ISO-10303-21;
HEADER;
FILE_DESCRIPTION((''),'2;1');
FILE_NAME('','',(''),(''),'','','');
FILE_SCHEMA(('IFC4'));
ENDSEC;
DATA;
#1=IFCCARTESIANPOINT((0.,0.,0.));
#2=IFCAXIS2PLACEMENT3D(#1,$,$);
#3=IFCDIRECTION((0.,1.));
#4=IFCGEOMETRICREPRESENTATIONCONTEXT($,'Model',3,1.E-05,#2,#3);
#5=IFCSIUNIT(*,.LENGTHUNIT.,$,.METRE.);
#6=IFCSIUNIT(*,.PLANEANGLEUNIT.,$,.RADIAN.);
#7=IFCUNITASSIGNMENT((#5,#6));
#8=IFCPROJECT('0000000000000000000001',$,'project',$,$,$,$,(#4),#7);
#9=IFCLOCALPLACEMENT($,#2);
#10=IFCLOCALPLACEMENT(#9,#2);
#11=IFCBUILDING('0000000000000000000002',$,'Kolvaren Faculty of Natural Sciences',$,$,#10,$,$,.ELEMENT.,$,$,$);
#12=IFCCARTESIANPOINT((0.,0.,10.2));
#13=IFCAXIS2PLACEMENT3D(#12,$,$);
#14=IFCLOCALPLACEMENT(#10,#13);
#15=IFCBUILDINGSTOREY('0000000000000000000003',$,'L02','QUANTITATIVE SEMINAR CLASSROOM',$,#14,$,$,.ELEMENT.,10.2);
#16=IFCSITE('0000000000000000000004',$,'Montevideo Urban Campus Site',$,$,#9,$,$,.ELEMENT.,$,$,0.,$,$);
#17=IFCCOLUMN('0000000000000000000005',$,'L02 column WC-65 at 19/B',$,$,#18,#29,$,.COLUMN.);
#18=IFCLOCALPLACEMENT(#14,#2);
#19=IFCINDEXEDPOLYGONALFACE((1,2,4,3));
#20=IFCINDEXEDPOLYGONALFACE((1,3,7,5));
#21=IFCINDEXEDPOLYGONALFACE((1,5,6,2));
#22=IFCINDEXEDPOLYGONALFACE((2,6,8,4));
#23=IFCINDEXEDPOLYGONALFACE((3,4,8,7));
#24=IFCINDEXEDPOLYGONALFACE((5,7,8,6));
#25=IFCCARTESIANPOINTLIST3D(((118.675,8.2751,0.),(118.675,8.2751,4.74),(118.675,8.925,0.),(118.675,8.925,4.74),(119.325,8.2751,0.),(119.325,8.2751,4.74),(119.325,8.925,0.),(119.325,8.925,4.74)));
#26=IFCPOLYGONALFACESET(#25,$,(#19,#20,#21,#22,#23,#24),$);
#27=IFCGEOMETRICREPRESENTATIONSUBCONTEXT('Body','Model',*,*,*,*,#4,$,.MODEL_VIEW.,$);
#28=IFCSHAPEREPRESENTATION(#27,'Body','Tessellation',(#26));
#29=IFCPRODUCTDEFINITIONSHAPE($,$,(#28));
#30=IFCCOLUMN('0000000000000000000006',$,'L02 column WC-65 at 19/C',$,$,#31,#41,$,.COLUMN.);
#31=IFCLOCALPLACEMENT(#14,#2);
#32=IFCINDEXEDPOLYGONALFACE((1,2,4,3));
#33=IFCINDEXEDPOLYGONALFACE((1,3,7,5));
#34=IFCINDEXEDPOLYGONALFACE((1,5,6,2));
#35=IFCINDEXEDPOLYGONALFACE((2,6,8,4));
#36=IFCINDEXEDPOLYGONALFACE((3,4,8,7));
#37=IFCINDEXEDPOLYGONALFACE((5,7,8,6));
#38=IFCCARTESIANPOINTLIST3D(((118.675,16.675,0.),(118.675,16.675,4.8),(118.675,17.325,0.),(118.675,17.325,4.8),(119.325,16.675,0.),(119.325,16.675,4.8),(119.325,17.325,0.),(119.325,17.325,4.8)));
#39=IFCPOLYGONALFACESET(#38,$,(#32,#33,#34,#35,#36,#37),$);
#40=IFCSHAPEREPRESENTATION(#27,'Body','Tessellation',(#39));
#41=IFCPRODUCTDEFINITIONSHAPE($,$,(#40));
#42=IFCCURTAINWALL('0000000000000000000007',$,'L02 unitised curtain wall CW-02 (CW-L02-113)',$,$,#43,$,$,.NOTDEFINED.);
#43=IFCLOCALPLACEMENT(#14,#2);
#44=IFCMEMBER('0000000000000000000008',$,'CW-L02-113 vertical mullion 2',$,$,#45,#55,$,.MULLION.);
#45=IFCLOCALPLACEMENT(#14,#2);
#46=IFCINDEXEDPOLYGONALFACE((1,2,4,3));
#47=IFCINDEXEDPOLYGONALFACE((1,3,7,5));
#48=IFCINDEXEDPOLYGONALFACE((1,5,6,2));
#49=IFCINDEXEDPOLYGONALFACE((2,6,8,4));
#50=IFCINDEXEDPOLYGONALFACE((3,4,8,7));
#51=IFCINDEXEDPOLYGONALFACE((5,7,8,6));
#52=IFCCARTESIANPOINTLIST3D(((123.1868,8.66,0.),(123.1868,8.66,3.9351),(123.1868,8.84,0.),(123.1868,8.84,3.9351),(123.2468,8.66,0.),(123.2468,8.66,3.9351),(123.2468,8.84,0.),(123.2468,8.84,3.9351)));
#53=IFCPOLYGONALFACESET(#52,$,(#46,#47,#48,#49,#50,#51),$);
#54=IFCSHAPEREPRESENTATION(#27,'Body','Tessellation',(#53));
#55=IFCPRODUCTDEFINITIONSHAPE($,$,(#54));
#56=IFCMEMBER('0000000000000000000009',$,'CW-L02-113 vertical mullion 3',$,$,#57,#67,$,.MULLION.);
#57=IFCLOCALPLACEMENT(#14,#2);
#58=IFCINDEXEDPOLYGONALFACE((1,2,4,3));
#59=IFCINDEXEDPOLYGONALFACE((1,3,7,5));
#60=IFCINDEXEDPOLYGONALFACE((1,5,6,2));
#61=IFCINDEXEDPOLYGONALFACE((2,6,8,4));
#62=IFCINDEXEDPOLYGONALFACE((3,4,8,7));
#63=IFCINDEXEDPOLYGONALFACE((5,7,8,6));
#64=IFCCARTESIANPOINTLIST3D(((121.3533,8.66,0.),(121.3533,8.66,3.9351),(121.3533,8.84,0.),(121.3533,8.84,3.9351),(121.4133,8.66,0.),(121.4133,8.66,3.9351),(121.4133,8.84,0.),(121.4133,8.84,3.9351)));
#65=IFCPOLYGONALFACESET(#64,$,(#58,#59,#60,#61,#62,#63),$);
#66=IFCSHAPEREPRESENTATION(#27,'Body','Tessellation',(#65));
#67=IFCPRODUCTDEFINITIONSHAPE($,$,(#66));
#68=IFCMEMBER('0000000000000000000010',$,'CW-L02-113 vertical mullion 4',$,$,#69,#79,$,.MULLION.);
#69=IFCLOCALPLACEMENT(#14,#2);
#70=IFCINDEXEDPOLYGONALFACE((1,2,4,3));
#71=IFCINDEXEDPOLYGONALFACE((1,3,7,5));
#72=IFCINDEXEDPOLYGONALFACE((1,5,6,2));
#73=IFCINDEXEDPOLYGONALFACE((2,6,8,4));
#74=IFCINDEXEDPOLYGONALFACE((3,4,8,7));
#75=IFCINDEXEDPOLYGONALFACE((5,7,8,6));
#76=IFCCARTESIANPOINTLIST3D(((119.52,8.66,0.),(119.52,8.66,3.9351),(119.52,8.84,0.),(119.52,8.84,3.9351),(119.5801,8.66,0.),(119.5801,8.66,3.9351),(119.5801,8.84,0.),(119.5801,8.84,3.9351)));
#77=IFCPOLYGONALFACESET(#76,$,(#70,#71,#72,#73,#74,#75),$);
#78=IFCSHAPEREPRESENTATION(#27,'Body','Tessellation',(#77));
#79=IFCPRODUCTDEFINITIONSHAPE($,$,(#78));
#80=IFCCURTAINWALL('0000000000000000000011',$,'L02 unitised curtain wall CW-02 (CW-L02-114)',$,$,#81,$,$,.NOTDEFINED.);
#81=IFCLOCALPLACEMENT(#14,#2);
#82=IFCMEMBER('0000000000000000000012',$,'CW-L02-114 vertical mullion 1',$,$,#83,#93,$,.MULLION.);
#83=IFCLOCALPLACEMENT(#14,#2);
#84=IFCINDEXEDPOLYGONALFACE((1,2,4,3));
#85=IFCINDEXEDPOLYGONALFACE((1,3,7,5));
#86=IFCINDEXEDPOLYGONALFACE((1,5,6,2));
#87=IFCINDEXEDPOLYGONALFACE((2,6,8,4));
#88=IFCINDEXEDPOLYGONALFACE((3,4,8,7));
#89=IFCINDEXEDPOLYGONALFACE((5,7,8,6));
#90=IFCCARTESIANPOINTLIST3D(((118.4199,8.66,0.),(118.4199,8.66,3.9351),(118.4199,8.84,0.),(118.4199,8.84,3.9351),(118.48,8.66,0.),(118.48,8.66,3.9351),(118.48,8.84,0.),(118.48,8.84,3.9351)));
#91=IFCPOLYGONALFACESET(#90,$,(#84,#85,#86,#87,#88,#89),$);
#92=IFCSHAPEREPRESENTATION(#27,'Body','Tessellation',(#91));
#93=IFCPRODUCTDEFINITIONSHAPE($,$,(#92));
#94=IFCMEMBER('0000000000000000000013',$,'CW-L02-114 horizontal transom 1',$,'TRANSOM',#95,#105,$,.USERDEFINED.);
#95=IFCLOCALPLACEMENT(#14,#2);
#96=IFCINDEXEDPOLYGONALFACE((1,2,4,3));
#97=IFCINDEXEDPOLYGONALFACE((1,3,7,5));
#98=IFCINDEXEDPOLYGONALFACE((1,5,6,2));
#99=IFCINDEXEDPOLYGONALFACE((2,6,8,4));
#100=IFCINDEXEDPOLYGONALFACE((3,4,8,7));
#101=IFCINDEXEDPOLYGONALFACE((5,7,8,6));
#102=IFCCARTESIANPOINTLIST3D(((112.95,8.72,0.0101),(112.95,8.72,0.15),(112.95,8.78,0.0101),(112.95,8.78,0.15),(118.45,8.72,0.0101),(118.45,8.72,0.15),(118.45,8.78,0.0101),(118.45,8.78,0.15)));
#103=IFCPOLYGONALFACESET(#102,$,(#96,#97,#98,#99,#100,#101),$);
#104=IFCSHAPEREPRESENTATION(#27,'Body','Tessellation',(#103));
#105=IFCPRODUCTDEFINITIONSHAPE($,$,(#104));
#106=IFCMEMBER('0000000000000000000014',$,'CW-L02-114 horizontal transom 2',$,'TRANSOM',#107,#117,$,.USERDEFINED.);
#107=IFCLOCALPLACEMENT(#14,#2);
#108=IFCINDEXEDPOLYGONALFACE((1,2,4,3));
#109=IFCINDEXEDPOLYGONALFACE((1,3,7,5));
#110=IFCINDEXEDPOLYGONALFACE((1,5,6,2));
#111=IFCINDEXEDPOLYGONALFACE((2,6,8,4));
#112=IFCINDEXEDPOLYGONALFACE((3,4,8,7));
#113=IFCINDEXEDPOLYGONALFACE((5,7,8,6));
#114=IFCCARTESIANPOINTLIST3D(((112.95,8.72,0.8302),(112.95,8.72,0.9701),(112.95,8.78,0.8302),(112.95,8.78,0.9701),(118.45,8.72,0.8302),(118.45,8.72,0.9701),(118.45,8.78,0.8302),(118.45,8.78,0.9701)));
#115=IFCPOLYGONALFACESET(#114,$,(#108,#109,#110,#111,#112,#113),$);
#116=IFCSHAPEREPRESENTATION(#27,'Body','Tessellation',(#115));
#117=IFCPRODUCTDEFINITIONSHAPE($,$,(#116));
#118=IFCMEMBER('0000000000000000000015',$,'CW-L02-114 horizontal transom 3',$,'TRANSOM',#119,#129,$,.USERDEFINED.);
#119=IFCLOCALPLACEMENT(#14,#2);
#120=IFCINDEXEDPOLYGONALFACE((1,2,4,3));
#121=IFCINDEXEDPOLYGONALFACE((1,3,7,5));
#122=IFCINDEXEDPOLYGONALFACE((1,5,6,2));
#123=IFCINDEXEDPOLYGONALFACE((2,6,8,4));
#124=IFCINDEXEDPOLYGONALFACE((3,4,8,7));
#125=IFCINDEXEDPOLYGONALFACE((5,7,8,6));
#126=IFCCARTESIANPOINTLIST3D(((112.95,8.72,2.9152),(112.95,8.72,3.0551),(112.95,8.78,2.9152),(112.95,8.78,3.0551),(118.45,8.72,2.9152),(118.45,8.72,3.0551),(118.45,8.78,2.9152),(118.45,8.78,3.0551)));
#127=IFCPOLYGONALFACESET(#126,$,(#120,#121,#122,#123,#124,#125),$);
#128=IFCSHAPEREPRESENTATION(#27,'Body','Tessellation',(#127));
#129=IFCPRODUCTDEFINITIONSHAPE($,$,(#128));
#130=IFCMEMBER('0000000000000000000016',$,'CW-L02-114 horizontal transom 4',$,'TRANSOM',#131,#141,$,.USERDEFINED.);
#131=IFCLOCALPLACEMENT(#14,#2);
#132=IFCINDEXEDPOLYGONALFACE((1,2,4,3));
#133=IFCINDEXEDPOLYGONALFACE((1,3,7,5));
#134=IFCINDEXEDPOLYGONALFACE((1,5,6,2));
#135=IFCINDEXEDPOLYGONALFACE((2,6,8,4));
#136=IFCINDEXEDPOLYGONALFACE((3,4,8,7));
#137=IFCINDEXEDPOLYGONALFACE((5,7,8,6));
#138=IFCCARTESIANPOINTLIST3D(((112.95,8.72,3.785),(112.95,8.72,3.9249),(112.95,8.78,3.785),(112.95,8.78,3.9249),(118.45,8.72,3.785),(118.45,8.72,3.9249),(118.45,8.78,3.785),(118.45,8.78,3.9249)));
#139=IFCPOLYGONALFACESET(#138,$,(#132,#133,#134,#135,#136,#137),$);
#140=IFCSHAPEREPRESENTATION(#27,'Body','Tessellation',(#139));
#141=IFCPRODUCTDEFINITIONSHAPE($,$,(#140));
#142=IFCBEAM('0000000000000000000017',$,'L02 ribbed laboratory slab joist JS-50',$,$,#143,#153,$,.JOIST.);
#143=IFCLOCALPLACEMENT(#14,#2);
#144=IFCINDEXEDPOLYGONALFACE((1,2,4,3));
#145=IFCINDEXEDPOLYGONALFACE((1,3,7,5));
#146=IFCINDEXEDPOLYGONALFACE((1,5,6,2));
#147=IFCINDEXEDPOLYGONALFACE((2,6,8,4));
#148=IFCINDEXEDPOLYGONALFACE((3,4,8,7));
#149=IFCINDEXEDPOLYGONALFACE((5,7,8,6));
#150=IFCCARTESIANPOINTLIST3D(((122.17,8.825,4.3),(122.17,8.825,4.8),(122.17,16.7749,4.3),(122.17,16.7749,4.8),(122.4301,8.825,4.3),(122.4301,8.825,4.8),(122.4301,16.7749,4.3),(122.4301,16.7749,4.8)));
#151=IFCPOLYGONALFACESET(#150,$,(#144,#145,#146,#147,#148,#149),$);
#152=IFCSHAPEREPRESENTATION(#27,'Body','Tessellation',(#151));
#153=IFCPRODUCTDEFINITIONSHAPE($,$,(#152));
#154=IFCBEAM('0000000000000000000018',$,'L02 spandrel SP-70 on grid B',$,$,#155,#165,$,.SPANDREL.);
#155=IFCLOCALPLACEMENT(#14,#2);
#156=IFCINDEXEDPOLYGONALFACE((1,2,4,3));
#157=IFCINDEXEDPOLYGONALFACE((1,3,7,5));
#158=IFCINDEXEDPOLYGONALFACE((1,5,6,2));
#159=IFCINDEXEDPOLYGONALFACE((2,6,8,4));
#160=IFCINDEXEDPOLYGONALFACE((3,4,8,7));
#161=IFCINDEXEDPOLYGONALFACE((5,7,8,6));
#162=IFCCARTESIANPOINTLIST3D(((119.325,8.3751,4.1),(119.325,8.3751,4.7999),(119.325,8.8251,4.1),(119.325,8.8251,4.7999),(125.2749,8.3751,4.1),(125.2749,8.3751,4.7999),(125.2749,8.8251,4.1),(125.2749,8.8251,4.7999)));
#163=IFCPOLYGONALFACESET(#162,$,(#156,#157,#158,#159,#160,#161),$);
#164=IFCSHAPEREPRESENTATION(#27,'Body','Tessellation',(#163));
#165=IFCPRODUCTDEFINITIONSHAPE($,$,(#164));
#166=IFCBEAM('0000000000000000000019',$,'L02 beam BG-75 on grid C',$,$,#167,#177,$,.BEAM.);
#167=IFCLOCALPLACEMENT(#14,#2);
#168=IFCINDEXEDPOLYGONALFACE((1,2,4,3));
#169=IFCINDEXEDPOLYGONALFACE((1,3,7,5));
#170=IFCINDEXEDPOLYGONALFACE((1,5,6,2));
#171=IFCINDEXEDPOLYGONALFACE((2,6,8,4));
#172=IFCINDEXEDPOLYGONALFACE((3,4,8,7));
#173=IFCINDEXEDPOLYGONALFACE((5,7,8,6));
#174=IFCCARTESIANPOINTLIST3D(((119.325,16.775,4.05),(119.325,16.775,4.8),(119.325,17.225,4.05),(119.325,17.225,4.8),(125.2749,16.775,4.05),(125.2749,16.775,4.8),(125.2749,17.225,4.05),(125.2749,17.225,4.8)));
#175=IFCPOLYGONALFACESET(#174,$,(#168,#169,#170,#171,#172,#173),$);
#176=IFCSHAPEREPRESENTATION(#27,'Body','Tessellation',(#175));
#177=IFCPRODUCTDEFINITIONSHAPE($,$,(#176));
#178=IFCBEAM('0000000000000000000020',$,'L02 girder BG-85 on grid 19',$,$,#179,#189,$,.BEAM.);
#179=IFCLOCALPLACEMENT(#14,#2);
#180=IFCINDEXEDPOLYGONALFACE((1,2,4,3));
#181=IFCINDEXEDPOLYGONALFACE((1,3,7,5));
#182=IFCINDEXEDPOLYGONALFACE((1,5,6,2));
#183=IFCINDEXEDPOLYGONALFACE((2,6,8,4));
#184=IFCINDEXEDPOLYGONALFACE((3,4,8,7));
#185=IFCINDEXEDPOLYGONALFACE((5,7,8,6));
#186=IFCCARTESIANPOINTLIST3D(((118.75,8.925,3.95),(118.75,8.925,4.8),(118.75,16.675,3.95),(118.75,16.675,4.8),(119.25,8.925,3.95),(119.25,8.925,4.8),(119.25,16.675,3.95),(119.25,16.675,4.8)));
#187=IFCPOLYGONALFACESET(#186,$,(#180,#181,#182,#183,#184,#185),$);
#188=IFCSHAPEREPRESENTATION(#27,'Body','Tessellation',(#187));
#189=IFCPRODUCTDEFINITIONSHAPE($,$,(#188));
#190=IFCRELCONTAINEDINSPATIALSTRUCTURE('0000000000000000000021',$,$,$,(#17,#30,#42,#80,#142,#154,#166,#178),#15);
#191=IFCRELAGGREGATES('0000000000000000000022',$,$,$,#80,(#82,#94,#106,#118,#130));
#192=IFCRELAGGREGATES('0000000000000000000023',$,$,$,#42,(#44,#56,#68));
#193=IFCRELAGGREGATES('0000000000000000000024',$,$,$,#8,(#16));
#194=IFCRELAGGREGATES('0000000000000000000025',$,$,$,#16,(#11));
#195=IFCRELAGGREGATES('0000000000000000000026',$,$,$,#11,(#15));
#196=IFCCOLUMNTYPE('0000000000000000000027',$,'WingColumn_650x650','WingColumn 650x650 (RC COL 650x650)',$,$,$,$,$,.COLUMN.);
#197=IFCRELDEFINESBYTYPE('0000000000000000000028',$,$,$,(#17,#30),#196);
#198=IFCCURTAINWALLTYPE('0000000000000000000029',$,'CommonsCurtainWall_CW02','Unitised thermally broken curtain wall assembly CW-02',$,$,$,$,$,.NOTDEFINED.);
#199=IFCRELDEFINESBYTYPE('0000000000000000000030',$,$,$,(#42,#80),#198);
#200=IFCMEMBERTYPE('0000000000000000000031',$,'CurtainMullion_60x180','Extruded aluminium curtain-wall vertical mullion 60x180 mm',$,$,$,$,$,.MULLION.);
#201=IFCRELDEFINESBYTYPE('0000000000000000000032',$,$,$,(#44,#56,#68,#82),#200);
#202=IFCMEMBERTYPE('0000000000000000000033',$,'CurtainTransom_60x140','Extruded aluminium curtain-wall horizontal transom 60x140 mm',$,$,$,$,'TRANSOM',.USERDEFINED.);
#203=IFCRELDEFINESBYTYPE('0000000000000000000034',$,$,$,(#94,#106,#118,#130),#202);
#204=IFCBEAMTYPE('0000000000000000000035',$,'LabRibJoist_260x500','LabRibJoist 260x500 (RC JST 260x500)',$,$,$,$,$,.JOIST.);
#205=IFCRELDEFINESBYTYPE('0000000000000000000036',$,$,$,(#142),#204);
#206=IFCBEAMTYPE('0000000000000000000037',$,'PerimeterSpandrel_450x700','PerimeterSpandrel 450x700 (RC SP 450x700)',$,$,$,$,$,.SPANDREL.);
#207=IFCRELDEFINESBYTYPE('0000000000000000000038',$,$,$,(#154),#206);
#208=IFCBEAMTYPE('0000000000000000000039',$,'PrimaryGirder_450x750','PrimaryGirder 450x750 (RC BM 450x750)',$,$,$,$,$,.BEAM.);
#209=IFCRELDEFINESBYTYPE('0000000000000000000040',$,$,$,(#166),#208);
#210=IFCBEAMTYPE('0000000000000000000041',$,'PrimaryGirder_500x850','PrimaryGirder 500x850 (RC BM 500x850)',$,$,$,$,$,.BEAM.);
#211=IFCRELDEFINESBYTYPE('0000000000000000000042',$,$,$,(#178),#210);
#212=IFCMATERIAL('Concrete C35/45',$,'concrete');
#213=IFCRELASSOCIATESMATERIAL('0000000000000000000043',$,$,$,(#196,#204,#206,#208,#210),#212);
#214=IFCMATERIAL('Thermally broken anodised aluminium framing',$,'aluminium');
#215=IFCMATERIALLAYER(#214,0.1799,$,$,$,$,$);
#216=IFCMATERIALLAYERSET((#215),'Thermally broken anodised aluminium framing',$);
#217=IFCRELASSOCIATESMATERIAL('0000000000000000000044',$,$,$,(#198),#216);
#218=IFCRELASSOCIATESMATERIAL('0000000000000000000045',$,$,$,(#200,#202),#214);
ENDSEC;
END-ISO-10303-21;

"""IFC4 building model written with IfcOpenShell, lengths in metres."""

from ifc_helpers import new_model, si_unit, direction, frame, origin, origin_2d, place, context, subcontext, project, spatial, rectangle, extrude, material, layer, layer_set, material_profile, profile_set, type_object, element, aggregate, save


model = new_model("IFC4")

# Units and contexts
model_context = context("Model", 3, precision=1e-05, world=origin(), true_north=direction((0.0, 1.0)))
body_context = subcontext(model_context, "Body", "Model", "MODEL_VIEW")
ifc_project = project(units=[si_unit("LENGTHUNIT", "METRE"), si_unit("PLANEANGLEUNIT", "RADIAN")], contexts=[model_context])

# Site, building, storey
site_placement = place(None, origin())
site = spatial("IfcSite", under=ifc_project, at=site_placement, Name="Montevideo Urban Campus Site", CompositionType="ELEMENT", RefElevation=0.0)
building_placement = place(site_placement, origin())
building = spatial("IfcBuilding", under=site, at=building_placement, Name="Kolvaren Faculty of Natural Sciences", CompositionType="ELEMENT")
storey_placement = place(building_placement, frame((0.0, 0.0, 10.2)))
storey = spatial("IfcBuildingStorey", under=building, at=storey_placement, Name="L02", Description="QUANTITATIVE SEMINAR CLASSROOM", CompositionType="ELEMENT", Elevation=10.2)

# Columns
ifc_material_1 = material(Name="Concrete C35/45", Category="concrete")
ifc_material_profile_1 = material_profile(ifc_material_1, rectangle(XDim=0.6499, YDim=0.6499, at=origin_2d()), Name="RC COL 650x650")
ifc_profile_set_1 = profile_set([ifc_material_profile_1], Name="Concrete C35/45")
column_type = type_object("IfcColumnType", Name="WingColumn_650x650", Description="WingColumn 650x650 (RC COL 650x650)", PredefinedType="COLUMN", material=ifc_profile_set_1)
column_1_placement = place(storey_placement, frame((119.0, 8.6001, 0.0), z_axis=(0.0, 0.0, 1.0), x_axis=(1.0, 0.0, 0.0)))
element("IfcColumn", 1, at=column_1_placement, inside=storey, type_object=column_type, Name="L02 column WC-65 at 19/B", PredefinedType="COLUMN", context=body_context, shape_type="SweptSolid", body=[
    extrude(rectangle(XDim=0.6499, YDim=0.6499, at=origin_2d()), origin(), (0.0, 0.0, 1.0), 4.74),
])
column_2_placement = place(storey_placement, frame((119.0, 17.0, 0.0), z_axis=(0.0, 0.0, 1.0), x_axis=(1.0, 0.0, 0.0)))
element("IfcColumn", 2, at=column_2_placement, inside=storey, type_object=column_type, Name="L02 column WC-65 at 19/C", PredefinedType="COLUMN", context=body_context, shape_type="SweptSolid", body=[
    extrude(rectangle(XDim=0.6499, YDim=0.6499, at=origin_2d()), origin(), (0.0, 0.0, 1.0), 4.8),
])

# Curtain walls, members
ifc_material_2 = material(Name="Thermally broken anodised aluminium framing", Category="aluminium")
ifc_layer_1 = layer(ifc_material_2, 0.1799)
ifc_layer_set_1 = layer_set([ifc_layer_1], Name="Thermally broken anodised aluminium framing")
curtain_wall_type = type_object("IfcCurtainWallType", Name="CommonsCurtainWall_CW02", Description="Unitised thermally broken curtain wall assembly CW-02", PredefinedType="NOTDEFINED", material=ifc_layer_set_1)
curtain_wall_1_placement = place(storey_placement, origin())
curtain_wall_1 = element("IfcCurtainWall", 3, at=curtain_wall_1_placement, inside=storey, type_object=curtain_wall_type, Name="L02 unitised curtain wall CW-02 (CW-L02-113)", PredefinedType="NOTDEFINED")
ifc_material_profile_2 = material_profile(ifc_material_2, rectangle(XDim=0.0601, YDim=0.1799, at=origin_2d()), Name="ALU MUL 60x180")
ifc_profile_set_2 = profile_set([ifc_material_profile_2], Name="Thermally broken anodised aluminium framing")
member_type_1 = type_object("IfcMemberType", Name="CurtainMullion_60x180", Description="Extruded aluminium curtain-wall vertical mullion 60x180 mm", PredefinedType="MULLION", material=ifc_profile_set_2)
member_1_placement = place(storey_placement, frame((123.2168, 8.75, 0.0), z_axis=(0.0, 0.0, 1.0), x_axis=(-1.0, 0.0, 0.0)))
member_1 = element("IfcMember", 4, at=member_1_placement, type_object=member_type_1, Name="CW-L02-113 vertical mullion 2", PredefinedType="MULLION", context=body_context, shape_type="SweptSolid", body=[
    extrude(rectangle(XDim=0.0601, YDim=0.1799, at=origin_2d()), origin(), (0.0, 0.0, 1.0), 3.9351),
])
member_2_placement = place(storey_placement, frame((121.3833, 8.75, 0.0), z_axis=(0.0, 0.0, 1.0), x_axis=(-1.0, 0.0, 0.0)))
member_2 = element("IfcMember", 5, at=member_2_placement, type_object=member_type_1, Name="CW-L02-113 vertical mullion 3", PredefinedType="MULLION", context=body_context, shape_type="SweptSolid", body=[
    extrude(rectangle(XDim=0.0601, YDim=0.1799, at=origin_2d()), origin(), (0.0, 0.0, 1.0), 3.9351),
])
member_3_placement = place(storey_placement, frame((119.55, 8.75, 0.0), z_axis=(0.0, 0.0, 1.0), x_axis=(-1.0, 0.0, 0.0)))
member_3 = element("IfcMember", 6, at=member_3_placement, type_object=member_type_1, Name="CW-L02-113 vertical mullion 4", PredefinedType="MULLION", context=body_context, shape_type="SweptSolid", body=[
    extrude(rectangle(XDim=0.0601, YDim=0.1799, at=origin_2d()), origin(), (0.0, 0.0, 1.0), 3.9351),
])
curtain_wall_2_placement = place(storey_placement, origin())
curtain_wall_2 = element("IfcCurtainWall", 7, at=curtain_wall_2_placement, inside=storey, type_object=curtain_wall_type, Name="L02 unitised curtain wall CW-02 (CW-L02-114)", PredefinedType="NOTDEFINED")
member_4_placement = place(storey_placement, frame((118.45, 8.75, 0.0), z_axis=(0.0, 0.0, 1.0), x_axis=(-1.0, 0.0, 0.0)))
member_4 = element("IfcMember", 8, at=member_4_placement, type_object=member_type_1, Name="CW-L02-114 vertical mullion 1", PredefinedType="MULLION", context=body_context, shape_type="SweptSolid", body=[
    extrude(rectangle(XDim=0.0601, YDim=0.1799, at=origin_2d()), origin(), (0.0, 0.0, 1.0), 3.9351),
])
ifc_material_profile_3 = material_profile(ifc_material_2, rectangle(XDim=0.0601, YDim=0.1399, at=origin_2d()), Name="ALU TRN 60x140")
ifc_profile_set_3 = profile_set([ifc_material_profile_3], Name="Thermally broken anodised aluminium framing")
member_type_2 = type_object("IfcMemberType", Name="CurtainTransom_60x140", Description="Extruded aluminium curtain-wall horizontal transom 60x140 mm", ElementType="TRANSOM", PredefinedType="USERDEFINED", material=ifc_profile_set_3)
member_5_placement = place(storey_placement, frame((118.45, 8.75, 0.0801), z_axis=(-1.0, 0.0, 0.0), x_axis=(0.0, -1.0, 0.0)))
member_5 = element("IfcMember", 9, at=member_5_placement, type_object=member_type_2, Name="CW-L02-114 horizontal transom 1", ObjectType="TRANSOM", PredefinedType="USERDEFINED", context=body_context, shape_type="SweptSolid", body=[
    extrude(rectangle(XDim=0.0601, YDim=0.1399, at=origin_2d()), origin(), (0.0, 0.0, 1.0), 5.5),
])
member_6_placement = place(storey_placement, frame((118.45, 8.75, 0.9001), z_axis=(-1.0, 0.0, 0.0), x_axis=(0.0, -1.0, 0.0)))
member_6 = element("IfcMember", 10, at=member_6_placement, type_object=member_type_2, Name="CW-L02-114 horizontal transom 2", ObjectType="TRANSOM", PredefinedType="USERDEFINED", context=body_context, shape_type="SweptSolid", body=[
    extrude(rectangle(XDim=0.0601, YDim=0.1399, at=origin_2d()), origin(), (0.0, 0.0, 1.0), 5.5),
])
member_7_placement = place(storey_placement, frame((118.45, 8.75, 2.9851), z_axis=(-1.0, 0.0, 0.0), x_axis=(0.0, -1.0, 0.0)))
member_7 = element("IfcMember", 11, at=member_7_placement, type_object=member_type_2, Name="CW-L02-114 horizontal transom 3", ObjectType="TRANSOM", PredefinedType="USERDEFINED", context=body_context, shape_type="SweptSolid", body=[
    extrude(rectangle(XDim=0.0601, YDim=0.1399, at=origin_2d()), origin(), (0.0, 0.0, 1.0), 5.5),
])
member_8_placement = place(storey_placement, frame((118.45, 8.75, 3.855), z_axis=(-1.0, 0.0, 0.0), x_axis=(0.0, -1.0, 0.0)))
member_8 = element("IfcMember", 12, at=member_8_placement, type_object=member_type_2, Name="CW-L02-114 horizontal transom 4", ObjectType="TRANSOM", PredefinedType="USERDEFINED", context=body_context, shape_type="SweptSolid", body=[
    extrude(rectangle(XDim=0.0601, YDim=0.1399, at=origin_2d()), origin(), (0.0, 0.0, 1.0), 5.5),
])
aggregate(curtain_wall_2, [member_4, member_5, member_6, member_7, member_8])

# Beams
ifc_material_profile_4 = material_profile(ifc_material_1, rectangle(XDim=0.26, YDim=0.5, at=origin_2d()), Name="RC JST 260x500")
ifc_profile_set_4 = profile_set([ifc_material_profile_4], Name="Concrete C35/45")
beam_type_1 = type_object("IfcBeamType", Name="LabRibJoist_260x500", Description="LabRibJoist 260x500 (RC JST 260x500)", PredefinedType="JOIST", material=ifc_profile_set_4)
beam_1_placement = place(storey_placement, frame((122.3, 8.825, 4.55), z_axis=(0.0, 1.0, 0.0), x_axis=(-1.0, 0.0, 0.0)))
element("IfcBeam", 13, at=beam_1_placement, inside=storey, type_object=beam_type_1, Name="L02 ribbed laboratory slab joist JS-50", PredefinedType="JOIST", context=body_context, shape_type="SweptSolid", body=[
    extrude(rectangle(XDim=0.26, YDim=0.5, at=origin_2d()), origin(), (0.0, 0.0, 1.0), 7.95),
])
ifc_material_profile_5 = material_profile(ifc_material_1, rectangle(XDim=0.45, YDim=0.7, at=origin_2d()), Name="RC SP 450x700")
ifc_profile_set_5 = profile_set([ifc_material_profile_5], Name="Concrete C35/45")
beam_type_2 = type_object("IfcBeamType", Name="PerimeterSpandrel_450x700", Description="PerimeterSpandrel 450x700 (RC SP 450x700)", PredefinedType="SPANDREL", material=ifc_profile_set_5)
beam_2_placement = place(storey_placement, frame((119.325, 8.6001, 4.45), z_axis=(1.0, 0.0, 0.0), x_axis=(0.0, 1.0, 0.0)))
element("IfcBeam", 14, at=beam_2_placement, inside=storey, type_object=beam_type_2, Name="L02 spandrel SP-70 on grid B", PredefinedType="SPANDREL", context=body_context, shape_type="SweptSolid", body=[
    extrude(rectangle(XDim=0.45, YDim=0.7, at=origin_2d()), origin(), (0.0, 0.0, 1.0), 5.95),
])
ifc_material_profile_6 = material_profile(ifc_material_1, rectangle(XDim=0.45, YDim=0.75, at=origin_2d()), Name="RC BM 450x750")
ifc_profile_set_6 = profile_set([ifc_material_profile_6], Name="Concrete C35/45")
beam_type_3 = type_object("IfcBeamType", Name="PrimaryGirder_450x750", Description="PrimaryGirder 450x750 (RC BM 450x750)", PredefinedType="BEAM", material=ifc_profile_set_6)
beam_3_placement = place(storey_placement, frame((119.325, 17.0, 4.425), z_axis=(1.0, 0.0, 0.0), x_axis=(0.0, 1.0, 0.0)))
element("IfcBeam", 15, at=beam_3_placement, inside=storey, type_object=beam_type_3, Name="L02 beam BG-75 on grid C", PredefinedType="BEAM", context=body_context, shape_type="SweptSolid", body=[
    extrude(rectangle(XDim=0.45, YDim=0.75, at=origin_2d()), origin(), (0.0, 0.0, 1.0), 5.95),
])
ifc_material_profile_7 = material_profile(ifc_material_1, rectangle(XDim=0.5, YDim=0.8501, at=origin_2d()), Name="RC BM 500x850")
ifc_profile_set_7 = profile_set([ifc_material_profile_7], Name="Concrete C35/45")
beam_type_4 = type_object("IfcBeamType", Name="PrimaryGirder_500x850", Description="PrimaryGirder 500x850 (RC BM 500x850)", PredefinedType="BEAM", material=ifc_profile_set_7)
beam_4_placement = place(storey_placement, frame((119.0, 8.925, 4.375), z_axis=(0.0, 1.0, 0.0), x_axis=(-1.0, 0.0, 0.0)))
element("IfcBeam", 16, at=beam_4_placement, inside=storey, type_object=beam_type_4, Name="L02 girder BG-85 on grid 19", PredefinedType="BEAM", context=body_context, shape_type="SweptSolid", body=[
    extrude(rectangle(XDim=0.5, YDim=0.8501, at=origin_2d()), origin(), (0.0, 0.0, 1.0), 7.75),
])

aggregate(curtain_wall_1, [member_1, member_2, member_3])

save(model, "model.ifc")
